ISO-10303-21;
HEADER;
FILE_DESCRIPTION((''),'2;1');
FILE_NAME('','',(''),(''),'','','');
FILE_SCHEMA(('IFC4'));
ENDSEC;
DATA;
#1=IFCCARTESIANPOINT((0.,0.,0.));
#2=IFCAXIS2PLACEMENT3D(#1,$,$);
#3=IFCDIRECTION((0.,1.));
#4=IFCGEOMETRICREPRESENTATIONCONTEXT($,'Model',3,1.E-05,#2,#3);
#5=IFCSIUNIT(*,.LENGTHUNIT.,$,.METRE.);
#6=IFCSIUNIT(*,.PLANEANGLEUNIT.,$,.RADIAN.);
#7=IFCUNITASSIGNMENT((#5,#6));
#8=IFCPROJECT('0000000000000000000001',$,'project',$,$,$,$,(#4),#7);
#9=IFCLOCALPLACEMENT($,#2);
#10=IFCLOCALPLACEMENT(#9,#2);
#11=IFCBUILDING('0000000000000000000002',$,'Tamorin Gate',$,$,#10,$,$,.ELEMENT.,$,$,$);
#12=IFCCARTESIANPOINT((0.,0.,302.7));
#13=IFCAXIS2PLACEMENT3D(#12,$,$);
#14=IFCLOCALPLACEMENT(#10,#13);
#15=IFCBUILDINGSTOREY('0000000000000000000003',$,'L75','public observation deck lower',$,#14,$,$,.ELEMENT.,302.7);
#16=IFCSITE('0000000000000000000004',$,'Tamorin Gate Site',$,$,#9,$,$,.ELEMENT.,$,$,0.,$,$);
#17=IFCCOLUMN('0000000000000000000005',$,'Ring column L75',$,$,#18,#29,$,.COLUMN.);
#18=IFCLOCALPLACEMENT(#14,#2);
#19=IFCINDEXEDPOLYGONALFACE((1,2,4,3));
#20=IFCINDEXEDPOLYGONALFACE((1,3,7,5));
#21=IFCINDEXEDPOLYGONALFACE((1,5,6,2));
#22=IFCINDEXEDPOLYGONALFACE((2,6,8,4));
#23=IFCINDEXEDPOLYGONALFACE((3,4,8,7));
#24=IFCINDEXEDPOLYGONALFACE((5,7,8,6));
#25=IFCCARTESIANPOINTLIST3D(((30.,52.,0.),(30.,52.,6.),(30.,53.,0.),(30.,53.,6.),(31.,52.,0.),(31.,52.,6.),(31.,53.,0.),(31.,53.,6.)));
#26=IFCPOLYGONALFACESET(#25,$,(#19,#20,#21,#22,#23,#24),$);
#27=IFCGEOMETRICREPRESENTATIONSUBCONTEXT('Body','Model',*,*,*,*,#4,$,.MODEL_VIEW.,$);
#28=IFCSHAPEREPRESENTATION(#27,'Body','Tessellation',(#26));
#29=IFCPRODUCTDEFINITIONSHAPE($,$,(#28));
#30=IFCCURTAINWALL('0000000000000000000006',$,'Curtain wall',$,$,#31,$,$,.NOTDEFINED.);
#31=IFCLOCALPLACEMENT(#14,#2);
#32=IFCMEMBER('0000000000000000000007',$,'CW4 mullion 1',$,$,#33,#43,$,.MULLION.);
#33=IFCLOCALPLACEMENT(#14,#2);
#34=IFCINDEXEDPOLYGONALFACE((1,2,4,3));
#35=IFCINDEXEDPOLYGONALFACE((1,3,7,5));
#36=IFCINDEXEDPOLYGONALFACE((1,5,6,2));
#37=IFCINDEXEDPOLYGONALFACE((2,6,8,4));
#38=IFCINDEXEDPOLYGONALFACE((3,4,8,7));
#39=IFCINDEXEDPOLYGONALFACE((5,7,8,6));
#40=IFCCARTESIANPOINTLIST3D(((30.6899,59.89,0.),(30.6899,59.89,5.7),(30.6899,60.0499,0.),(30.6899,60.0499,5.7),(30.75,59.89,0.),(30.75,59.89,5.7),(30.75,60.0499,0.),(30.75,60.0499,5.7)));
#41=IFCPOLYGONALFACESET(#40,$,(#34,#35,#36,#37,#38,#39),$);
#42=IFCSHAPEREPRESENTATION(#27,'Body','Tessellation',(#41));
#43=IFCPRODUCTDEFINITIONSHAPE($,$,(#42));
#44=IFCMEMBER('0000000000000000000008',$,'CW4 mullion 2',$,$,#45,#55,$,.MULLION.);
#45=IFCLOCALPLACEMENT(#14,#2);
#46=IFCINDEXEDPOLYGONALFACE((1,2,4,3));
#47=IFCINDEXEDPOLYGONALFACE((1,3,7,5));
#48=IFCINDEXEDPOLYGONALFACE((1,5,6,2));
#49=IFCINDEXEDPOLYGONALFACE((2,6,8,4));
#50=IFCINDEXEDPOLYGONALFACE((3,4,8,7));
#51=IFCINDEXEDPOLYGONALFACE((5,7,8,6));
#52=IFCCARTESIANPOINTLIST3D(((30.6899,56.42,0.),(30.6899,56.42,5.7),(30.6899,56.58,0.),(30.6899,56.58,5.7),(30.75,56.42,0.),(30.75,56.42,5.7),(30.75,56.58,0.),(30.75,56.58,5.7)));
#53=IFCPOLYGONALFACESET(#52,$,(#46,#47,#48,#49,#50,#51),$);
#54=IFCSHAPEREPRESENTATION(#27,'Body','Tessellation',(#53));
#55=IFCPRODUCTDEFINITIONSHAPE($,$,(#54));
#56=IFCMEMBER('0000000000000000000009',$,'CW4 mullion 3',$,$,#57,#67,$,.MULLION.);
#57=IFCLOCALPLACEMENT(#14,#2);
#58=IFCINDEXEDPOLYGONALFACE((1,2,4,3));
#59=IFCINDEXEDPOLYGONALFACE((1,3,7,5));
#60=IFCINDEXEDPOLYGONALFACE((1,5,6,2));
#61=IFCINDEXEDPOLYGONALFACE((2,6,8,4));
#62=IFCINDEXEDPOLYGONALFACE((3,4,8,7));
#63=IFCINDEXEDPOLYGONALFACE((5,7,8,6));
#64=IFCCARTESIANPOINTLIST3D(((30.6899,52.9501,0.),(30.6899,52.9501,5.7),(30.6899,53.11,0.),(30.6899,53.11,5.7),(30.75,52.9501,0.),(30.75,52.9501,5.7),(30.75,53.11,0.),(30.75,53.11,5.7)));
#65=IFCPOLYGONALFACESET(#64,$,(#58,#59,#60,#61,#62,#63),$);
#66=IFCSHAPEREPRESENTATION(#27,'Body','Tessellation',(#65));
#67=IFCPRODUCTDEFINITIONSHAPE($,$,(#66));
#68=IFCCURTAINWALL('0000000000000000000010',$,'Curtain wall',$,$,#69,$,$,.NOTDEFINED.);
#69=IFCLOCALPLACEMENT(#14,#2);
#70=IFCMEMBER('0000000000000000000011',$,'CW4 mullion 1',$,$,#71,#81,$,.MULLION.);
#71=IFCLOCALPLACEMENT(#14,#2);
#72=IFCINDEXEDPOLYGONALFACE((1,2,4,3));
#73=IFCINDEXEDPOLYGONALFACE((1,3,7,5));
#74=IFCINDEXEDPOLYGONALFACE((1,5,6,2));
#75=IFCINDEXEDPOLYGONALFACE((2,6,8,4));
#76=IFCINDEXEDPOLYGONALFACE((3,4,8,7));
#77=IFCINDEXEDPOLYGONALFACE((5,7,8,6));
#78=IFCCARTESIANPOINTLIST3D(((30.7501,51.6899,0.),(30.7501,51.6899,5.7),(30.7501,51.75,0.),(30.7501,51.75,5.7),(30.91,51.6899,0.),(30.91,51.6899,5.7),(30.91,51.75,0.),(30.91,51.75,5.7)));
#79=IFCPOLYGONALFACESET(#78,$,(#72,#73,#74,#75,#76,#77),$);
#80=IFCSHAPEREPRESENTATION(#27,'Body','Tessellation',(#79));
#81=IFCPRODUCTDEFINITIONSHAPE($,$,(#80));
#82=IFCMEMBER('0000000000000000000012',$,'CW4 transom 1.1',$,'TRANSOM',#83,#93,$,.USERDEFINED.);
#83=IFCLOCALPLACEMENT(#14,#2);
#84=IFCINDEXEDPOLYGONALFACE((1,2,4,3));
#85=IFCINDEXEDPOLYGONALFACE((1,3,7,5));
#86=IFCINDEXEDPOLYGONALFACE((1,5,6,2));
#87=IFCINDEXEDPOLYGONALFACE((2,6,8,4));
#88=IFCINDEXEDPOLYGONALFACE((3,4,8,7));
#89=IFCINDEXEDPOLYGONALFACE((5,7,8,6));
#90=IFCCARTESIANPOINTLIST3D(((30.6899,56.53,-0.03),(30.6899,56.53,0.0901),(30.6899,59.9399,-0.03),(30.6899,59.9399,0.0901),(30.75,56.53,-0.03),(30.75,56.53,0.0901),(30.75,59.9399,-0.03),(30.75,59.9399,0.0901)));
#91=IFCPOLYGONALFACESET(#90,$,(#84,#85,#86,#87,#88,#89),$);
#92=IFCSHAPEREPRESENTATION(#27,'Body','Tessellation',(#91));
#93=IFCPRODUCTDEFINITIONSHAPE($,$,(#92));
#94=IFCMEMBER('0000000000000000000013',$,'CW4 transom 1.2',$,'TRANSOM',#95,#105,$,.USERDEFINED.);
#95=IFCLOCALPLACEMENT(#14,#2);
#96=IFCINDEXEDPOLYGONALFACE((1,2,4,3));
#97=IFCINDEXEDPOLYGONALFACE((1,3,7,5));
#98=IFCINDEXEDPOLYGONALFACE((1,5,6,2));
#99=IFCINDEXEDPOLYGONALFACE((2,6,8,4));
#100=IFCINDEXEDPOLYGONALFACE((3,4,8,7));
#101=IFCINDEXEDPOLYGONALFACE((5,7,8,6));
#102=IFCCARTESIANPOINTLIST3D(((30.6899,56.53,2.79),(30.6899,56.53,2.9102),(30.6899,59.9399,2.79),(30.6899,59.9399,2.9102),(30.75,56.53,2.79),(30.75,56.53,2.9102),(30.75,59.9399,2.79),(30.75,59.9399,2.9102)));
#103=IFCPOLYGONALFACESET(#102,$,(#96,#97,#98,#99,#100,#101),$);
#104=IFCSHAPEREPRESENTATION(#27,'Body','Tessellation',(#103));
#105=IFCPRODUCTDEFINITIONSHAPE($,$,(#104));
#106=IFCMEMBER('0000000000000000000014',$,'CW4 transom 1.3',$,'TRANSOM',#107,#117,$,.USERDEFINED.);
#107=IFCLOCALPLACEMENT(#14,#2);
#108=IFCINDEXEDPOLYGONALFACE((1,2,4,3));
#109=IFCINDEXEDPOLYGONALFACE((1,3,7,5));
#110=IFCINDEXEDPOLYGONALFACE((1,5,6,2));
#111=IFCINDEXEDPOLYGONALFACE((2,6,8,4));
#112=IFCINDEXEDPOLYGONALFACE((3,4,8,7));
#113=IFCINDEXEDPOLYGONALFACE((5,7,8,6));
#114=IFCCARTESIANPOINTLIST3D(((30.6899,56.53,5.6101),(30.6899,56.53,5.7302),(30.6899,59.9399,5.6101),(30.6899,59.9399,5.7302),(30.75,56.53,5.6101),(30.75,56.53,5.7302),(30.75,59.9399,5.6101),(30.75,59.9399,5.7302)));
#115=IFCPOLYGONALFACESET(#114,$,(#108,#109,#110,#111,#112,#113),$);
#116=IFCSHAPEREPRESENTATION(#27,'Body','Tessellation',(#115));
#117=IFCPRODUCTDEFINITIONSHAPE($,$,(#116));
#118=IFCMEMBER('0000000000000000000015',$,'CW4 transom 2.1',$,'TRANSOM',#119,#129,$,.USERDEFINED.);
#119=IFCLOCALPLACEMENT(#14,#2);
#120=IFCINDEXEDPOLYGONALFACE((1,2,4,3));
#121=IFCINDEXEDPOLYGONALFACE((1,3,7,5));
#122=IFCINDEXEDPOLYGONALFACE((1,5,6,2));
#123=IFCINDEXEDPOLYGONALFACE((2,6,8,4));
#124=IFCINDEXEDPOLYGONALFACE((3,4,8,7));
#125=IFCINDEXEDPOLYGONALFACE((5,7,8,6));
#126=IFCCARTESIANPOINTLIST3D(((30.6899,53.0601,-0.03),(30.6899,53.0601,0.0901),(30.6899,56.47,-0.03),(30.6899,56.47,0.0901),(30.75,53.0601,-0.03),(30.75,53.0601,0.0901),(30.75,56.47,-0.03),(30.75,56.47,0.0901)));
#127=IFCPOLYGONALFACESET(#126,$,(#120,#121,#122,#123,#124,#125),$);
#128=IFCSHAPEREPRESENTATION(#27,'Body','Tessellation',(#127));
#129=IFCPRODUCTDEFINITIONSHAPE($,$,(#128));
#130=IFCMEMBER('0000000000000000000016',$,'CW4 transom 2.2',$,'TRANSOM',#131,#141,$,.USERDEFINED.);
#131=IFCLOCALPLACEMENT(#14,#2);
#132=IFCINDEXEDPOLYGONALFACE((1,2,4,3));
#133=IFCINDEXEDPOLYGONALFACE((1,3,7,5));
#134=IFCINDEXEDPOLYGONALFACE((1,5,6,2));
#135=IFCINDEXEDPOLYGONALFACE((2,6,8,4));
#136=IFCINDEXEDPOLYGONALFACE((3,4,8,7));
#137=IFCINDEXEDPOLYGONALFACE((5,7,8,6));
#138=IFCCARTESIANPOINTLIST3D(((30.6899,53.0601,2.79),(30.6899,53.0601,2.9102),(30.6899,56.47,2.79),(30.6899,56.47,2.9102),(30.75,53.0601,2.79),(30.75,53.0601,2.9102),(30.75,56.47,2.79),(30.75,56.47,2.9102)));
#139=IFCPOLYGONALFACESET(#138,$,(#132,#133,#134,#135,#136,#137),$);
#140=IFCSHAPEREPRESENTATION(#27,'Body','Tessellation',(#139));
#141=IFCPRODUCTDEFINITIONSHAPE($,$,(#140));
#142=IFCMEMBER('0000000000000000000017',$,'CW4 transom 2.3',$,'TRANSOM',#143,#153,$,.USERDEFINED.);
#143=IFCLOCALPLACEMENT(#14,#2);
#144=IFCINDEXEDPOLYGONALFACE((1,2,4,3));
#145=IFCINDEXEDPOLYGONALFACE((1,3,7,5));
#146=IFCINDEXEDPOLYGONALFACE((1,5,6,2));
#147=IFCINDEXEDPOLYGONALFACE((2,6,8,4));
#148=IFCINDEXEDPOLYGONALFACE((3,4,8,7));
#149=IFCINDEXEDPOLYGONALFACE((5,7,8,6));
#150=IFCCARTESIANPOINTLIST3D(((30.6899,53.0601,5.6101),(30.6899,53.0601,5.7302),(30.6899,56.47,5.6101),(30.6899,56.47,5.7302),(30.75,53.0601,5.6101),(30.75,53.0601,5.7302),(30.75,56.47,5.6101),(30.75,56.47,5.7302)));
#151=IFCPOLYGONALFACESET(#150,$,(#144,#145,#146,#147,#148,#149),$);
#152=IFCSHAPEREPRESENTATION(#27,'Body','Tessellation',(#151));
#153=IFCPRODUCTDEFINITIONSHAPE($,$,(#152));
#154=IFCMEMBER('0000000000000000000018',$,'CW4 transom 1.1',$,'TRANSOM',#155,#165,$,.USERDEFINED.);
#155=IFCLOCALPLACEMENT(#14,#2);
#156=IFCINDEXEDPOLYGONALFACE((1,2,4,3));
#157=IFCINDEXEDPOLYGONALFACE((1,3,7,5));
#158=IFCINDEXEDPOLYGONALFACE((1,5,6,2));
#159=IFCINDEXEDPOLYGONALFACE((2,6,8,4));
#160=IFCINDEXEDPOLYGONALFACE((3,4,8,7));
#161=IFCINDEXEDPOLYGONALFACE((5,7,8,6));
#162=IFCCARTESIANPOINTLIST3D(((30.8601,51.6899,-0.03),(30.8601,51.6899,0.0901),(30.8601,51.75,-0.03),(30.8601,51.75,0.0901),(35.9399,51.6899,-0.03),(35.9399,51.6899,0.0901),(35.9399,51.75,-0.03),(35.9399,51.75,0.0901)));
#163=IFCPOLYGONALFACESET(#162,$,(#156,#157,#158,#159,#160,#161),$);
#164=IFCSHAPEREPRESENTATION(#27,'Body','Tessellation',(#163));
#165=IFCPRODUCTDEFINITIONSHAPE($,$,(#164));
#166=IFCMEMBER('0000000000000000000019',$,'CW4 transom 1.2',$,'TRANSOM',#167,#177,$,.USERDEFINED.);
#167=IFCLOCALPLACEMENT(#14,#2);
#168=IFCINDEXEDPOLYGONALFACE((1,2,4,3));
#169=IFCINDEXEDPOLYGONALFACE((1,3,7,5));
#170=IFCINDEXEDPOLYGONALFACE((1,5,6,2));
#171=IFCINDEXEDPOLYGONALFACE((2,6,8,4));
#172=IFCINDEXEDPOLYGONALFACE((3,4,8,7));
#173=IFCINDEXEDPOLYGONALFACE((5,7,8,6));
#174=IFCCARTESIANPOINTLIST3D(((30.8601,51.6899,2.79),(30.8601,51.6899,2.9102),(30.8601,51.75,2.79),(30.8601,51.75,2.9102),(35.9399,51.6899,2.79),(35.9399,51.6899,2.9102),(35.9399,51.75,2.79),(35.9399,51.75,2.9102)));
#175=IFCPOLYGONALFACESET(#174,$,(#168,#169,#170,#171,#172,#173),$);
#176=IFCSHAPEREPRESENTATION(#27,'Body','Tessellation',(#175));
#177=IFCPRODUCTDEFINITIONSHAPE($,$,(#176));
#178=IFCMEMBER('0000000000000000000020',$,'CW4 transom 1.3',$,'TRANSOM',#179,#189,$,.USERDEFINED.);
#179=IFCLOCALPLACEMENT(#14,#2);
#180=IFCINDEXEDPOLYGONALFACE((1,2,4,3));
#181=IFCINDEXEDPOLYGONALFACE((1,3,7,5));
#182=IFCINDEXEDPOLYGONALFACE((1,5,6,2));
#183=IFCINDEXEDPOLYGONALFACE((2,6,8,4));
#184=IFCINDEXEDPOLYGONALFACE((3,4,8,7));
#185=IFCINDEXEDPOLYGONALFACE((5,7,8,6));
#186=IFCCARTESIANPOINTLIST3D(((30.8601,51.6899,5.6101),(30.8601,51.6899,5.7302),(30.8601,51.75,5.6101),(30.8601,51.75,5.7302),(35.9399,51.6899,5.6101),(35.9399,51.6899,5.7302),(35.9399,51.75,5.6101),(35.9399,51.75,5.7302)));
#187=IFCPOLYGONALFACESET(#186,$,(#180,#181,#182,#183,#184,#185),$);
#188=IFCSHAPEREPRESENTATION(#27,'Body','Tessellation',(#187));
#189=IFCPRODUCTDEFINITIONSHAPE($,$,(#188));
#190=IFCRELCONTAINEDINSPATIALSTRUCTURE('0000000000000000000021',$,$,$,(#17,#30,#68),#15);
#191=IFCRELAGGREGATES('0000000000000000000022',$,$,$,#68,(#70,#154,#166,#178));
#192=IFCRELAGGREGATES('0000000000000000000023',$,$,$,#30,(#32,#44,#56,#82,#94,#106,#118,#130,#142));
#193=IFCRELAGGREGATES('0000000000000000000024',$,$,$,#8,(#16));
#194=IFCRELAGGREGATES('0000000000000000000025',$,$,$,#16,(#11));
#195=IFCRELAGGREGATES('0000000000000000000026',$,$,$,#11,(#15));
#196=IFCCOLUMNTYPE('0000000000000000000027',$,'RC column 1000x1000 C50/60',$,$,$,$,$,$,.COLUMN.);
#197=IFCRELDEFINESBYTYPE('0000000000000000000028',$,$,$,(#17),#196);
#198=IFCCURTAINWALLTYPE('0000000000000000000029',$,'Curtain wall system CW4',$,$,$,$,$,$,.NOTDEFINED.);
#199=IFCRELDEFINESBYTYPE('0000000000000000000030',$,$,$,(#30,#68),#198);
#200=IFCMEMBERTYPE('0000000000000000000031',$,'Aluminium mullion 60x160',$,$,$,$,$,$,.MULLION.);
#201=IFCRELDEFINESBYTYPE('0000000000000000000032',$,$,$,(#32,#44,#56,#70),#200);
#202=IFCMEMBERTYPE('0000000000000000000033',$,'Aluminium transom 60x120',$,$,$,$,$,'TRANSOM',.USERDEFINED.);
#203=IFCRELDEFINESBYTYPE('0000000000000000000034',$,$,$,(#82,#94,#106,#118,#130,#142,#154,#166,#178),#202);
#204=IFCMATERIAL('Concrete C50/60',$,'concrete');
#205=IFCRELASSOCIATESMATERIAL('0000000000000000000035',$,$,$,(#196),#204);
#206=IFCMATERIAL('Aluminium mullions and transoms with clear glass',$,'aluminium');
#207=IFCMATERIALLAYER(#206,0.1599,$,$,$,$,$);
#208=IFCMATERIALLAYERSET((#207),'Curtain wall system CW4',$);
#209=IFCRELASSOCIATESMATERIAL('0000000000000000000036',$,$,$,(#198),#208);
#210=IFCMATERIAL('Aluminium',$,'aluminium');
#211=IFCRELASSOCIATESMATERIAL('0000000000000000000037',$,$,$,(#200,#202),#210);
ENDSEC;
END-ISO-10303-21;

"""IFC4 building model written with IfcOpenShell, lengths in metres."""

from ifc_helpers import new_model, si_unit, direction, frame, origin, origin_2d, place, context, subcontext, project, spatial, rectangle, extrude, material, layer, layer_set, material_profile, profile_set, type_object, element, aggregate, save


model = new_model("IFC4")

# Units and contexts
model_context = context("Model", 3, precision=1e-05, world=origin(), true_north=direction((0.0, 1.0)))
body_context = subcontext(model_context, "Body", "Model", "MODEL_VIEW")
ifc_project = project(units=[si_unit("LENGTHUNIT", "METRE"), si_unit("PLANEANGLEUNIT", "RADIAN")], contexts=[model_context])

# Site, building, storey
site_placement = place(None, origin())
site = spatial("IfcSite", under=ifc_project, at=site_placement, Name="Tamorin Gate Site", CompositionType="ELEMENT", RefElevation=0.0)
building_placement = place(site_placement, origin())
building = spatial("IfcBuilding", under=site, at=building_placement, Name="Tamorin Gate", CompositionType="ELEMENT")
storey_placement = place(building_placement, frame((0.0, 0.0, 302.7)))
storey = spatial("IfcBuildingStorey", under=building, at=storey_placement, Name="L75", Description="public observation deck lower", CompositionType="ELEMENT", Elevation=302.7)

# Column
ifc_material_1 = material(Name="Concrete C50/60", Category="concrete")
ifc_material_profile_1 = material_profile(ifc_material_1, rectangle(XDim=1.0, YDim=1.0, at=origin_2d()), Name="RC 1000x1000")
ifc_profile_set_1 = profile_set([ifc_material_profile_1], Name="Concrete C50/60")
column_type = type_object("IfcColumnType", Name="RC column 1000x1000 C50/60", PredefinedType="COLUMN", material=ifc_profile_set_1)
column_placement = place(storey_placement, frame((30.5, 52.5, 0.0), z_axis=(0.0, 0.0, 1.0), x_axis=(1.0, 0.0, 0.0)))
element("IfcColumn", 1, at=column_placement, inside=storey, type_object=column_type, Name="Ring column L75", PredefinedType="COLUMN", context=body_context, shape_type="SweptSolid", body=[
    extrude(rectangle(XDim=1.0, YDim=1.0, at=origin_2d()), origin(), (0.0, 0.0, 1.0), 6.0),
])

# Curtain wall, members
ifc_material_2 = material(Name="Aluminium mullions and transoms with clear glass", Category="aluminium")
ifc_layer_1 = layer(ifc_material_2, 0.1599)
ifc_layer_set_1 = layer_set([ifc_layer_1], Name="Curtain wall system CW4")
curtain_wall_type = type_object("IfcCurtainWallType", Name="Curtain wall system CW4", PredefinedType="NOTDEFINED", material=ifc_layer_set_1)
curtain_wall_1_placement = place(storey_placement, origin())
curtain_wall_1 = element("IfcCurtainWall", 2, at=curtain_wall_1_placement, inside=storey, type_object=curtain_wall_type, Name="Curtain wall", PredefinedType="NOTDEFINED")
ifc_material_3 = material(Name="Aluminium", Category="aluminium")
ifc_material_profile_2 = material_profile(ifc_material_3, rectangle(XDim=0.0601, YDim=0.1599, at=origin_2d()), Name="RECT 60x160")
ifc_profile_set_2 = profile_set([ifc_material_profile_2], Name="Aluminium")
member_type_1 = type_object("IfcMemberType", Name="Aluminium mullion 60x160", PredefinedType="MULLION", material=ifc_profile_set_2)
member_1_placement = place(storey_placement, frame((30.72, 59.97, 0.0), z_axis=(0.0, 0.0, 1.0), x_axis=(1.0, 0.0, 0.0)))
member_1 = element("IfcMember", 3, at=member_1_placement, type_object=member_type_1, Name="CW4 mullion 1", PredefinedType="MULLION", context=body_context, shape_type="SweptSolid", body=[
    extrude(rectangle(XDim=0.0601, YDim=0.1599, at=origin_2d()), origin(), (0.0, 0.0, 1.0), 5.7),
])
member_2_placement = place(storey_placement, frame((30.72, 56.5, 0.0), z_axis=(0.0, 0.0, 1.0), x_axis=(1.0, 0.0, 0.0)))
member_2 = element("IfcMember", 4, at=member_2_placement, type_object=member_type_1, Name="CW4 mullion 2", PredefinedType="MULLION", context=body_context, shape_type="SweptSolid", body=[
    extrude(rectangle(XDim=0.0601, YDim=0.1599, at=origin_2d()), origin(), (0.0, 0.0, 1.0), 5.7),
])
member_3_placement = place(storey_placement, frame((30.72, 53.03, 0.0), z_axis=(0.0, 0.0, 1.0), x_axis=(1.0, 0.0, 0.0)))
member_3 = element("IfcMember", 5, at=member_3_placement, type_object=member_type_1, Name="CW4 mullion 3", PredefinedType="MULLION", context=body_context, shape_type="SweptSolid", body=[
    extrude(rectangle(XDim=0.0601, YDim=0.1599, at=origin_2d()), origin(), (0.0, 0.0, 1.0), 5.7),
])

# Curtain wall, member
curtain_wall_2_placement = place(storey_placement, origin())
curtain_wall_2 = element("IfcCurtainWall", 6, at=curtain_wall_2_placement, inside=storey, type_object=curtain_wall_type, Name="Curtain wall", PredefinedType="NOTDEFINED")
member_4_placement = place(storey_placement, frame((30.8301, 51.72, 0.0), z_axis=(0.0, 0.0, 1.0), x_axis=(0.0, 1.0, 0.0)))
member_4 = element("IfcMember", 7, at=member_4_placement, type_object=member_type_1, Name="CW4 mullion 1", PredefinedType="MULLION", context=body_context, shape_type="SweptSolid", body=[
    extrude(rectangle(XDim=0.0601, YDim=0.1599, at=origin_2d()), origin(), (0.0, 0.0, 1.0), 5.7),
])

# Members
ifc_material_profile_3 = material_profile(ifc_material_3, rectangle(XDim=0.0601, YDim=0.1201, at=origin_2d()), Name="RECT 60x120")
ifc_profile_set_3 = profile_set([ifc_material_profile_3], Name="Aluminium")
member_type_2 = type_object("IfcMemberType", Name="Aluminium transom 60x120", ElementType="TRANSOM", PredefinedType="USERDEFINED", material=ifc_profile_set_3)
member_5_placement = place(storey_placement, frame((30.72, 59.9399, 0.03), z_axis=(0.0, -1.0, 0.0), x_axis=(1.0, 0.0, 0.0)))
member_5 = element("IfcMember", 8, at=member_5_placement, type_object=member_type_2, Name="CW4 transom 1.1", ObjectType="TRANSOM", PredefinedType="USERDEFINED", context=body_context, shape_type="SweptSolid", body=[
    extrude(rectangle(XDim=0.0601, YDim=0.1201, at=origin_2d()), origin(), (0.0, 0.0, 1.0), 3.4099),
])
member_6_placement = place(storey_placement, frame((30.72, 59.9399, 2.8501), z_axis=(0.0, -1.0, 0.0), x_axis=(1.0, 0.0, 0.0)))
member_6 = element("IfcMember", 9, at=member_6_placement, type_object=member_type_2, Name="CW4 transom 1.2", ObjectType="TRANSOM", PredefinedType="USERDEFINED", context=body_context, shape_type="SweptSolid", body=[
    extrude(rectangle(XDim=0.0601, YDim=0.1201, at=origin_2d()), origin(), (0.0, 0.0, 1.0), 3.4099),
])
member_7_placement = place(storey_placement, frame((30.72, 59.9399, 5.6702), z_axis=(0.0, -1.0, 0.0), x_axis=(1.0, 0.0, 0.0)))
member_7 = element("IfcMember", 10, at=member_7_placement, type_object=member_type_2, Name="CW4 transom 1.3", ObjectType="TRANSOM", PredefinedType="USERDEFINED", context=body_context, shape_type="SweptSolid", body=[
    extrude(rectangle(XDim=0.0601, YDim=0.1201, at=origin_2d()), origin(), (0.0, 0.0, 1.0), 3.4099),
])
member_8_placement = place(storey_placement, frame((30.72, 56.47, 0.03), z_axis=(0.0, -1.0, 0.0), x_axis=(1.0, 0.0, 0.0)))
member_8 = element("IfcMember", 11, at=member_8_placement, type_object=member_type_2, Name="CW4 transom 2.1", ObjectType="TRANSOM", PredefinedType="USERDEFINED", context=body_context, shape_type="SweptSolid", body=[
    extrude(rectangle(XDim=0.0601, YDim=0.1201, at=origin_2d()), origin(), (0.0, 0.0, 1.0), 3.4099),
])
member_9_placement = place(storey_placement, frame((30.72, 56.47, 2.8501), z_axis=(0.0, -1.0, 0.0), x_axis=(1.0, 0.0, 0.0)))
member_9 = element("IfcMember", 12, at=member_9_placement, type_object=member_type_2, Name="CW4 transom 2.2", ObjectType="TRANSOM", PredefinedType="USERDEFINED", context=body_context, shape_type="SweptSolid", body=[
    extrude(rectangle(XDim=0.0601, YDim=0.1201, at=origin_2d()), origin(), (0.0, 0.0, 1.0), 3.4099),
])
member_10_placement = place(storey_placement, frame((30.72, 56.47, 5.6702), z_axis=(0.0, -1.0, 0.0), x_axis=(1.0, 0.0, 0.0)))
member_10 = element("IfcMember", 13, at=member_10_placement, type_object=member_type_2, Name="CW4 transom 2.3", ObjectType="TRANSOM", PredefinedType="USERDEFINED", context=body_context, shape_type="SweptSolid", body=[
    extrude(rectangle(XDim=0.0601, YDim=0.1201, at=origin_2d()), origin(), (0.0, 0.0, 1.0), 3.4099),
])
member_11_placement = place(storey_placement, frame((30.8601, 51.72, 0.03), z_axis=(1.0, 0.0, 0.0), x_axis=(0.0, 1.0, 0.0)))
member_11 = element("IfcMember", 14, at=member_11_placement, type_object=member_type_2, Name="CW4 transom 1.1", ObjectType="TRANSOM", PredefinedType="USERDEFINED", context=body_context, shape_type="SweptSolid", body=[
    extrude(rectangle(XDim=0.0601, YDim=0.1201, at=origin_2d()), origin(), (0.0, 0.0, 1.0), 5.0798),
])
member_12_placement = place(storey_placement, frame((30.8601, 51.72, 2.8501), z_axis=(1.0, 0.0, 0.0), x_axis=(0.0, 1.0, 0.0)))
member_12 = element("IfcMember", 15, at=member_12_placement, type_object=member_type_2, Name="CW4 transom 1.2", ObjectType="TRANSOM", PredefinedType="USERDEFINED", context=body_context, shape_type="SweptSolid", body=[
    extrude(rectangle(XDim=0.0601, YDim=0.1201, at=origin_2d()), origin(), (0.0, 0.0, 1.0), 5.0798),
])
member_13_placement = place(storey_placement, frame((30.8601, 51.72, 5.6702), z_axis=(1.0, 0.0, 0.0), x_axis=(0.0, 1.0, 0.0)))
member_13 = element("IfcMember", 16, at=member_13_placement, type_object=member_type_2, Name="CW4 transom 1.3", ObjectType="TRANSOM", PredefinedType="USERDEFINED", context=body_context, shape_type="SweptSolid", body=[
    extrude(rectangle(XDim=0.0601, YDim=0.1201, at=origin_2d()), origin(), (0.0, 0.0, 1.0), 5.0798),
])
aggregate(curtain_wall_2, [member_4, member_11, member_12, member_13])

aggregate(curtain_wall_1, [member_1, member_2, member_3, member_5, member_6, member_7, member_8, member_9, member_10])

save(model, "model.ifc")
